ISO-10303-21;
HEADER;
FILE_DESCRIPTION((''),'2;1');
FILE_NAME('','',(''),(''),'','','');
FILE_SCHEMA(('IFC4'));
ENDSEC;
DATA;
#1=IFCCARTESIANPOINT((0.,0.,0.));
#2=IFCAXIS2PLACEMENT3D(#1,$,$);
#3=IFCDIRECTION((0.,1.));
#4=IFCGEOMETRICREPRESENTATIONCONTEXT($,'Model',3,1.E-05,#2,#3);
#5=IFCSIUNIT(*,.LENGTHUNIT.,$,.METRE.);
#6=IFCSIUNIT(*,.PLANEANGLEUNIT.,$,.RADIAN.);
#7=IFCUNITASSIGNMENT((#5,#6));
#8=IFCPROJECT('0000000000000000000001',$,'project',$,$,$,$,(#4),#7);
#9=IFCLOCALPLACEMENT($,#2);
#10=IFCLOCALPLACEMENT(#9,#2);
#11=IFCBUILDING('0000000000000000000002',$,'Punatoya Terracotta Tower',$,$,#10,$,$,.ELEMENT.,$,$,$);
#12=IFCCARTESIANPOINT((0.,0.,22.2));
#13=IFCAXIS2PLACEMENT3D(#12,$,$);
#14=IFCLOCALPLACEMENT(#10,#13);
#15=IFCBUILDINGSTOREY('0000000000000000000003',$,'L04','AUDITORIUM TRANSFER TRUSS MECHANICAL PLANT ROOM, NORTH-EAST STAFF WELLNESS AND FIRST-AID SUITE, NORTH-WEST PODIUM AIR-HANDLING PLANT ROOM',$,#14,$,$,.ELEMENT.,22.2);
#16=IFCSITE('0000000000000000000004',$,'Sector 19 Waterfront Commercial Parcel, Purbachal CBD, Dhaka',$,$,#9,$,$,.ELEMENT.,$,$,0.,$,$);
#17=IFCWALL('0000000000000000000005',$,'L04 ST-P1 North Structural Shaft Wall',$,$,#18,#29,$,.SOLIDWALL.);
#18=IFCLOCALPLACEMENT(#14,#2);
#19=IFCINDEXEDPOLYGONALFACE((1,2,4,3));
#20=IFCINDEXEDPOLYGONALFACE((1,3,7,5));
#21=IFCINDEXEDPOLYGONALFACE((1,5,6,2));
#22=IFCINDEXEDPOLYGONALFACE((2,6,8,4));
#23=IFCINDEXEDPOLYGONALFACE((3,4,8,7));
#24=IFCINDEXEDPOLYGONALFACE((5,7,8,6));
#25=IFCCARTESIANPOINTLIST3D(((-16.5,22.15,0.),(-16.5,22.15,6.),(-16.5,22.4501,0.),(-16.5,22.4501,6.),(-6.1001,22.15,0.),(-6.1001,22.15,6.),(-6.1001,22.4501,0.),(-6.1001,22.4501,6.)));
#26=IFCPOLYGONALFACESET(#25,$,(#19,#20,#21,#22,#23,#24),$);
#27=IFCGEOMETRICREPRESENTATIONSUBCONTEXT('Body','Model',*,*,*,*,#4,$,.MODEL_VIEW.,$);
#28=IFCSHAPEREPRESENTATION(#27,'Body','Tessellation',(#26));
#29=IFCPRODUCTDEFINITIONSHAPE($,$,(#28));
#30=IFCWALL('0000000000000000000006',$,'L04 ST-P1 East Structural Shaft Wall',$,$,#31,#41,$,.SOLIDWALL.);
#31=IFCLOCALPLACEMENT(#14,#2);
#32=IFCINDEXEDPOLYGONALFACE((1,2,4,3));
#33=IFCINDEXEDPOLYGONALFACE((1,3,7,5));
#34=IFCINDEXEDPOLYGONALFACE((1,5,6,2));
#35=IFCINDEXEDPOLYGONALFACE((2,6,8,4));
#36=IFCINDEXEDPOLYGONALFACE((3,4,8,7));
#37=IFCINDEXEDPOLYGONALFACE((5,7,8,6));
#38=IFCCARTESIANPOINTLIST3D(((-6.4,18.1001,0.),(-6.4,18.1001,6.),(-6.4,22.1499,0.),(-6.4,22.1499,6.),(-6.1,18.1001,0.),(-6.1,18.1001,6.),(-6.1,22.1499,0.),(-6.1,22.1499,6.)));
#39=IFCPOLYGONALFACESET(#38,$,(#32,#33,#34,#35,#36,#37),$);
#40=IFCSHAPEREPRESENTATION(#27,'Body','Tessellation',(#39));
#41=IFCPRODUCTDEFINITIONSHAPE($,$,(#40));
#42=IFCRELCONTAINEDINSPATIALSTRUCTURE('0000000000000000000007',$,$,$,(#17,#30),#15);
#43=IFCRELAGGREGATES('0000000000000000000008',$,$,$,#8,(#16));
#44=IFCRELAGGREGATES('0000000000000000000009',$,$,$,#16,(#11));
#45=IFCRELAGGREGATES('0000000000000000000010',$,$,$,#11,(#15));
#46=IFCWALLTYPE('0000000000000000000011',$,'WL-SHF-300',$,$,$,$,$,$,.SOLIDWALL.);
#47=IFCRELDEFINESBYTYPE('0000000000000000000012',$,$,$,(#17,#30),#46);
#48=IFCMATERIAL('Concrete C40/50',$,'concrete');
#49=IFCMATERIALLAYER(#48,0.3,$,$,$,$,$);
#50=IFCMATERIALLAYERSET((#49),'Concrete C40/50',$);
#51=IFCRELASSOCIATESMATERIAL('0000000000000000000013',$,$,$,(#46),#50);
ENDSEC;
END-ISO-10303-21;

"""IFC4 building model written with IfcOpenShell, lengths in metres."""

from ifc_helpers import new_model, si_unit, direction, frame, frame_2d, origin, place, context, subcontext, project, spatial, rectangle, extrude, material, layer, layer_set, type_object, element, save


model = new_model("IFC4")

# Units and contexts
model_context = context("Model", 3, precision=1e-05, world=origin(), true_north=direction((0.0, 1.0)))
body_context = subcontext(model_context, "Body", "Model", "MODEL_VIEW")
ifc_project = project(units=[si_unit("LENGTHUNIT", "METRE"), si_unit("PLANEANGLEUNIT", "RADIAN")], contexts=[model_context])

# Site, building, storey
site_placement = place(None, origin())
site = spatial("IfcSite", under=ifc_project, at=site_placement, Name="Sector 19 Waterfront Commercial Parcel, Purbachal CBD, Dhaka", CompositionType="ELEMENT", RefElevation=0.0)
building_placement = place(site_placement, origin())
building = spatial("IfcBuilding", under=site, at=building_placement, Name="Punatoya Terracotta Tower", CompositionType="ELEMENT")
storey_placement = place(building_placement, frame((0.0, 0.0, 22.2)))
storey = spatial("IfcBuildingStorey", under=building, at=storey_placement, Name="L04", Description="AUDITORIUM TRANSFER TRUSS MECHANICAL PLANT ROOM, NORTH-EAST STAFF WELLNESS AND FIRST-AID SUITE, NORTH-WEST PODIUM AIR-HANDLING PLANT ROOM", CompositionType="ELEMENT", Elevation=22.2)

# Walls
ifc_material_1 = material(Name="Concrete C40/50", Category="concrete")
ifc_layer_1 = layer(ifc_material_1, 0.3)
ifc_layer_set_1 = layer_set([ifc_layer_1], Name="Concrete C40/50")
wall_type_1 = type_object("IfcWallType", Name="WL-SHF-300", PredefinedType="SOLIDWALL", material=ifc_layer_set_1)
wall_1_placement = place(storey_placement, frame((-6.1001, 22.3, 0.0), z_axis=(0.0, 0.0, 1.0), x_axis=(-1.0, 0.0, 0.0)))
element("IfcWall", 1, at=wall_1_placement, inside=storey, type_object=wall_type_1, Name="L04 ST-P1 North Structural Shaft Wall", PredefinedType="SOLIDWALL", context=body_context, shape_type="SweptSolid", body=[
    extrude(rectangle(XDim=10.3999, YDim=0.3, at=frame_2d((5.2, 0.0))), origin(), (0.0, 0.0, 1.0), 6.0),
])
wall_2_placement = place(storey_placement, frame((-6.25, 22.1499, 0.0), z_axis=(0.0, 0.0, 1.0), x_axis=(0.0, -1.0, 0.0)))
element("IfcWall", 2, at=wall_2_placement, inside=storey, type_object=wall_type_1, Name="L04 ST-P1 East Structural Shaft Wall", PredefinedType="SOLIDWALL", context=body_context, shape_type="SweptSolid", body=[
    extrude(rectangle(XDim=4.0498, YDim=0.3, at=frame_2d((2.0249, 0.0))), origin(), (0.0, 0.0, 1.0), 6.0),
])

save(model, "model.ifc")
